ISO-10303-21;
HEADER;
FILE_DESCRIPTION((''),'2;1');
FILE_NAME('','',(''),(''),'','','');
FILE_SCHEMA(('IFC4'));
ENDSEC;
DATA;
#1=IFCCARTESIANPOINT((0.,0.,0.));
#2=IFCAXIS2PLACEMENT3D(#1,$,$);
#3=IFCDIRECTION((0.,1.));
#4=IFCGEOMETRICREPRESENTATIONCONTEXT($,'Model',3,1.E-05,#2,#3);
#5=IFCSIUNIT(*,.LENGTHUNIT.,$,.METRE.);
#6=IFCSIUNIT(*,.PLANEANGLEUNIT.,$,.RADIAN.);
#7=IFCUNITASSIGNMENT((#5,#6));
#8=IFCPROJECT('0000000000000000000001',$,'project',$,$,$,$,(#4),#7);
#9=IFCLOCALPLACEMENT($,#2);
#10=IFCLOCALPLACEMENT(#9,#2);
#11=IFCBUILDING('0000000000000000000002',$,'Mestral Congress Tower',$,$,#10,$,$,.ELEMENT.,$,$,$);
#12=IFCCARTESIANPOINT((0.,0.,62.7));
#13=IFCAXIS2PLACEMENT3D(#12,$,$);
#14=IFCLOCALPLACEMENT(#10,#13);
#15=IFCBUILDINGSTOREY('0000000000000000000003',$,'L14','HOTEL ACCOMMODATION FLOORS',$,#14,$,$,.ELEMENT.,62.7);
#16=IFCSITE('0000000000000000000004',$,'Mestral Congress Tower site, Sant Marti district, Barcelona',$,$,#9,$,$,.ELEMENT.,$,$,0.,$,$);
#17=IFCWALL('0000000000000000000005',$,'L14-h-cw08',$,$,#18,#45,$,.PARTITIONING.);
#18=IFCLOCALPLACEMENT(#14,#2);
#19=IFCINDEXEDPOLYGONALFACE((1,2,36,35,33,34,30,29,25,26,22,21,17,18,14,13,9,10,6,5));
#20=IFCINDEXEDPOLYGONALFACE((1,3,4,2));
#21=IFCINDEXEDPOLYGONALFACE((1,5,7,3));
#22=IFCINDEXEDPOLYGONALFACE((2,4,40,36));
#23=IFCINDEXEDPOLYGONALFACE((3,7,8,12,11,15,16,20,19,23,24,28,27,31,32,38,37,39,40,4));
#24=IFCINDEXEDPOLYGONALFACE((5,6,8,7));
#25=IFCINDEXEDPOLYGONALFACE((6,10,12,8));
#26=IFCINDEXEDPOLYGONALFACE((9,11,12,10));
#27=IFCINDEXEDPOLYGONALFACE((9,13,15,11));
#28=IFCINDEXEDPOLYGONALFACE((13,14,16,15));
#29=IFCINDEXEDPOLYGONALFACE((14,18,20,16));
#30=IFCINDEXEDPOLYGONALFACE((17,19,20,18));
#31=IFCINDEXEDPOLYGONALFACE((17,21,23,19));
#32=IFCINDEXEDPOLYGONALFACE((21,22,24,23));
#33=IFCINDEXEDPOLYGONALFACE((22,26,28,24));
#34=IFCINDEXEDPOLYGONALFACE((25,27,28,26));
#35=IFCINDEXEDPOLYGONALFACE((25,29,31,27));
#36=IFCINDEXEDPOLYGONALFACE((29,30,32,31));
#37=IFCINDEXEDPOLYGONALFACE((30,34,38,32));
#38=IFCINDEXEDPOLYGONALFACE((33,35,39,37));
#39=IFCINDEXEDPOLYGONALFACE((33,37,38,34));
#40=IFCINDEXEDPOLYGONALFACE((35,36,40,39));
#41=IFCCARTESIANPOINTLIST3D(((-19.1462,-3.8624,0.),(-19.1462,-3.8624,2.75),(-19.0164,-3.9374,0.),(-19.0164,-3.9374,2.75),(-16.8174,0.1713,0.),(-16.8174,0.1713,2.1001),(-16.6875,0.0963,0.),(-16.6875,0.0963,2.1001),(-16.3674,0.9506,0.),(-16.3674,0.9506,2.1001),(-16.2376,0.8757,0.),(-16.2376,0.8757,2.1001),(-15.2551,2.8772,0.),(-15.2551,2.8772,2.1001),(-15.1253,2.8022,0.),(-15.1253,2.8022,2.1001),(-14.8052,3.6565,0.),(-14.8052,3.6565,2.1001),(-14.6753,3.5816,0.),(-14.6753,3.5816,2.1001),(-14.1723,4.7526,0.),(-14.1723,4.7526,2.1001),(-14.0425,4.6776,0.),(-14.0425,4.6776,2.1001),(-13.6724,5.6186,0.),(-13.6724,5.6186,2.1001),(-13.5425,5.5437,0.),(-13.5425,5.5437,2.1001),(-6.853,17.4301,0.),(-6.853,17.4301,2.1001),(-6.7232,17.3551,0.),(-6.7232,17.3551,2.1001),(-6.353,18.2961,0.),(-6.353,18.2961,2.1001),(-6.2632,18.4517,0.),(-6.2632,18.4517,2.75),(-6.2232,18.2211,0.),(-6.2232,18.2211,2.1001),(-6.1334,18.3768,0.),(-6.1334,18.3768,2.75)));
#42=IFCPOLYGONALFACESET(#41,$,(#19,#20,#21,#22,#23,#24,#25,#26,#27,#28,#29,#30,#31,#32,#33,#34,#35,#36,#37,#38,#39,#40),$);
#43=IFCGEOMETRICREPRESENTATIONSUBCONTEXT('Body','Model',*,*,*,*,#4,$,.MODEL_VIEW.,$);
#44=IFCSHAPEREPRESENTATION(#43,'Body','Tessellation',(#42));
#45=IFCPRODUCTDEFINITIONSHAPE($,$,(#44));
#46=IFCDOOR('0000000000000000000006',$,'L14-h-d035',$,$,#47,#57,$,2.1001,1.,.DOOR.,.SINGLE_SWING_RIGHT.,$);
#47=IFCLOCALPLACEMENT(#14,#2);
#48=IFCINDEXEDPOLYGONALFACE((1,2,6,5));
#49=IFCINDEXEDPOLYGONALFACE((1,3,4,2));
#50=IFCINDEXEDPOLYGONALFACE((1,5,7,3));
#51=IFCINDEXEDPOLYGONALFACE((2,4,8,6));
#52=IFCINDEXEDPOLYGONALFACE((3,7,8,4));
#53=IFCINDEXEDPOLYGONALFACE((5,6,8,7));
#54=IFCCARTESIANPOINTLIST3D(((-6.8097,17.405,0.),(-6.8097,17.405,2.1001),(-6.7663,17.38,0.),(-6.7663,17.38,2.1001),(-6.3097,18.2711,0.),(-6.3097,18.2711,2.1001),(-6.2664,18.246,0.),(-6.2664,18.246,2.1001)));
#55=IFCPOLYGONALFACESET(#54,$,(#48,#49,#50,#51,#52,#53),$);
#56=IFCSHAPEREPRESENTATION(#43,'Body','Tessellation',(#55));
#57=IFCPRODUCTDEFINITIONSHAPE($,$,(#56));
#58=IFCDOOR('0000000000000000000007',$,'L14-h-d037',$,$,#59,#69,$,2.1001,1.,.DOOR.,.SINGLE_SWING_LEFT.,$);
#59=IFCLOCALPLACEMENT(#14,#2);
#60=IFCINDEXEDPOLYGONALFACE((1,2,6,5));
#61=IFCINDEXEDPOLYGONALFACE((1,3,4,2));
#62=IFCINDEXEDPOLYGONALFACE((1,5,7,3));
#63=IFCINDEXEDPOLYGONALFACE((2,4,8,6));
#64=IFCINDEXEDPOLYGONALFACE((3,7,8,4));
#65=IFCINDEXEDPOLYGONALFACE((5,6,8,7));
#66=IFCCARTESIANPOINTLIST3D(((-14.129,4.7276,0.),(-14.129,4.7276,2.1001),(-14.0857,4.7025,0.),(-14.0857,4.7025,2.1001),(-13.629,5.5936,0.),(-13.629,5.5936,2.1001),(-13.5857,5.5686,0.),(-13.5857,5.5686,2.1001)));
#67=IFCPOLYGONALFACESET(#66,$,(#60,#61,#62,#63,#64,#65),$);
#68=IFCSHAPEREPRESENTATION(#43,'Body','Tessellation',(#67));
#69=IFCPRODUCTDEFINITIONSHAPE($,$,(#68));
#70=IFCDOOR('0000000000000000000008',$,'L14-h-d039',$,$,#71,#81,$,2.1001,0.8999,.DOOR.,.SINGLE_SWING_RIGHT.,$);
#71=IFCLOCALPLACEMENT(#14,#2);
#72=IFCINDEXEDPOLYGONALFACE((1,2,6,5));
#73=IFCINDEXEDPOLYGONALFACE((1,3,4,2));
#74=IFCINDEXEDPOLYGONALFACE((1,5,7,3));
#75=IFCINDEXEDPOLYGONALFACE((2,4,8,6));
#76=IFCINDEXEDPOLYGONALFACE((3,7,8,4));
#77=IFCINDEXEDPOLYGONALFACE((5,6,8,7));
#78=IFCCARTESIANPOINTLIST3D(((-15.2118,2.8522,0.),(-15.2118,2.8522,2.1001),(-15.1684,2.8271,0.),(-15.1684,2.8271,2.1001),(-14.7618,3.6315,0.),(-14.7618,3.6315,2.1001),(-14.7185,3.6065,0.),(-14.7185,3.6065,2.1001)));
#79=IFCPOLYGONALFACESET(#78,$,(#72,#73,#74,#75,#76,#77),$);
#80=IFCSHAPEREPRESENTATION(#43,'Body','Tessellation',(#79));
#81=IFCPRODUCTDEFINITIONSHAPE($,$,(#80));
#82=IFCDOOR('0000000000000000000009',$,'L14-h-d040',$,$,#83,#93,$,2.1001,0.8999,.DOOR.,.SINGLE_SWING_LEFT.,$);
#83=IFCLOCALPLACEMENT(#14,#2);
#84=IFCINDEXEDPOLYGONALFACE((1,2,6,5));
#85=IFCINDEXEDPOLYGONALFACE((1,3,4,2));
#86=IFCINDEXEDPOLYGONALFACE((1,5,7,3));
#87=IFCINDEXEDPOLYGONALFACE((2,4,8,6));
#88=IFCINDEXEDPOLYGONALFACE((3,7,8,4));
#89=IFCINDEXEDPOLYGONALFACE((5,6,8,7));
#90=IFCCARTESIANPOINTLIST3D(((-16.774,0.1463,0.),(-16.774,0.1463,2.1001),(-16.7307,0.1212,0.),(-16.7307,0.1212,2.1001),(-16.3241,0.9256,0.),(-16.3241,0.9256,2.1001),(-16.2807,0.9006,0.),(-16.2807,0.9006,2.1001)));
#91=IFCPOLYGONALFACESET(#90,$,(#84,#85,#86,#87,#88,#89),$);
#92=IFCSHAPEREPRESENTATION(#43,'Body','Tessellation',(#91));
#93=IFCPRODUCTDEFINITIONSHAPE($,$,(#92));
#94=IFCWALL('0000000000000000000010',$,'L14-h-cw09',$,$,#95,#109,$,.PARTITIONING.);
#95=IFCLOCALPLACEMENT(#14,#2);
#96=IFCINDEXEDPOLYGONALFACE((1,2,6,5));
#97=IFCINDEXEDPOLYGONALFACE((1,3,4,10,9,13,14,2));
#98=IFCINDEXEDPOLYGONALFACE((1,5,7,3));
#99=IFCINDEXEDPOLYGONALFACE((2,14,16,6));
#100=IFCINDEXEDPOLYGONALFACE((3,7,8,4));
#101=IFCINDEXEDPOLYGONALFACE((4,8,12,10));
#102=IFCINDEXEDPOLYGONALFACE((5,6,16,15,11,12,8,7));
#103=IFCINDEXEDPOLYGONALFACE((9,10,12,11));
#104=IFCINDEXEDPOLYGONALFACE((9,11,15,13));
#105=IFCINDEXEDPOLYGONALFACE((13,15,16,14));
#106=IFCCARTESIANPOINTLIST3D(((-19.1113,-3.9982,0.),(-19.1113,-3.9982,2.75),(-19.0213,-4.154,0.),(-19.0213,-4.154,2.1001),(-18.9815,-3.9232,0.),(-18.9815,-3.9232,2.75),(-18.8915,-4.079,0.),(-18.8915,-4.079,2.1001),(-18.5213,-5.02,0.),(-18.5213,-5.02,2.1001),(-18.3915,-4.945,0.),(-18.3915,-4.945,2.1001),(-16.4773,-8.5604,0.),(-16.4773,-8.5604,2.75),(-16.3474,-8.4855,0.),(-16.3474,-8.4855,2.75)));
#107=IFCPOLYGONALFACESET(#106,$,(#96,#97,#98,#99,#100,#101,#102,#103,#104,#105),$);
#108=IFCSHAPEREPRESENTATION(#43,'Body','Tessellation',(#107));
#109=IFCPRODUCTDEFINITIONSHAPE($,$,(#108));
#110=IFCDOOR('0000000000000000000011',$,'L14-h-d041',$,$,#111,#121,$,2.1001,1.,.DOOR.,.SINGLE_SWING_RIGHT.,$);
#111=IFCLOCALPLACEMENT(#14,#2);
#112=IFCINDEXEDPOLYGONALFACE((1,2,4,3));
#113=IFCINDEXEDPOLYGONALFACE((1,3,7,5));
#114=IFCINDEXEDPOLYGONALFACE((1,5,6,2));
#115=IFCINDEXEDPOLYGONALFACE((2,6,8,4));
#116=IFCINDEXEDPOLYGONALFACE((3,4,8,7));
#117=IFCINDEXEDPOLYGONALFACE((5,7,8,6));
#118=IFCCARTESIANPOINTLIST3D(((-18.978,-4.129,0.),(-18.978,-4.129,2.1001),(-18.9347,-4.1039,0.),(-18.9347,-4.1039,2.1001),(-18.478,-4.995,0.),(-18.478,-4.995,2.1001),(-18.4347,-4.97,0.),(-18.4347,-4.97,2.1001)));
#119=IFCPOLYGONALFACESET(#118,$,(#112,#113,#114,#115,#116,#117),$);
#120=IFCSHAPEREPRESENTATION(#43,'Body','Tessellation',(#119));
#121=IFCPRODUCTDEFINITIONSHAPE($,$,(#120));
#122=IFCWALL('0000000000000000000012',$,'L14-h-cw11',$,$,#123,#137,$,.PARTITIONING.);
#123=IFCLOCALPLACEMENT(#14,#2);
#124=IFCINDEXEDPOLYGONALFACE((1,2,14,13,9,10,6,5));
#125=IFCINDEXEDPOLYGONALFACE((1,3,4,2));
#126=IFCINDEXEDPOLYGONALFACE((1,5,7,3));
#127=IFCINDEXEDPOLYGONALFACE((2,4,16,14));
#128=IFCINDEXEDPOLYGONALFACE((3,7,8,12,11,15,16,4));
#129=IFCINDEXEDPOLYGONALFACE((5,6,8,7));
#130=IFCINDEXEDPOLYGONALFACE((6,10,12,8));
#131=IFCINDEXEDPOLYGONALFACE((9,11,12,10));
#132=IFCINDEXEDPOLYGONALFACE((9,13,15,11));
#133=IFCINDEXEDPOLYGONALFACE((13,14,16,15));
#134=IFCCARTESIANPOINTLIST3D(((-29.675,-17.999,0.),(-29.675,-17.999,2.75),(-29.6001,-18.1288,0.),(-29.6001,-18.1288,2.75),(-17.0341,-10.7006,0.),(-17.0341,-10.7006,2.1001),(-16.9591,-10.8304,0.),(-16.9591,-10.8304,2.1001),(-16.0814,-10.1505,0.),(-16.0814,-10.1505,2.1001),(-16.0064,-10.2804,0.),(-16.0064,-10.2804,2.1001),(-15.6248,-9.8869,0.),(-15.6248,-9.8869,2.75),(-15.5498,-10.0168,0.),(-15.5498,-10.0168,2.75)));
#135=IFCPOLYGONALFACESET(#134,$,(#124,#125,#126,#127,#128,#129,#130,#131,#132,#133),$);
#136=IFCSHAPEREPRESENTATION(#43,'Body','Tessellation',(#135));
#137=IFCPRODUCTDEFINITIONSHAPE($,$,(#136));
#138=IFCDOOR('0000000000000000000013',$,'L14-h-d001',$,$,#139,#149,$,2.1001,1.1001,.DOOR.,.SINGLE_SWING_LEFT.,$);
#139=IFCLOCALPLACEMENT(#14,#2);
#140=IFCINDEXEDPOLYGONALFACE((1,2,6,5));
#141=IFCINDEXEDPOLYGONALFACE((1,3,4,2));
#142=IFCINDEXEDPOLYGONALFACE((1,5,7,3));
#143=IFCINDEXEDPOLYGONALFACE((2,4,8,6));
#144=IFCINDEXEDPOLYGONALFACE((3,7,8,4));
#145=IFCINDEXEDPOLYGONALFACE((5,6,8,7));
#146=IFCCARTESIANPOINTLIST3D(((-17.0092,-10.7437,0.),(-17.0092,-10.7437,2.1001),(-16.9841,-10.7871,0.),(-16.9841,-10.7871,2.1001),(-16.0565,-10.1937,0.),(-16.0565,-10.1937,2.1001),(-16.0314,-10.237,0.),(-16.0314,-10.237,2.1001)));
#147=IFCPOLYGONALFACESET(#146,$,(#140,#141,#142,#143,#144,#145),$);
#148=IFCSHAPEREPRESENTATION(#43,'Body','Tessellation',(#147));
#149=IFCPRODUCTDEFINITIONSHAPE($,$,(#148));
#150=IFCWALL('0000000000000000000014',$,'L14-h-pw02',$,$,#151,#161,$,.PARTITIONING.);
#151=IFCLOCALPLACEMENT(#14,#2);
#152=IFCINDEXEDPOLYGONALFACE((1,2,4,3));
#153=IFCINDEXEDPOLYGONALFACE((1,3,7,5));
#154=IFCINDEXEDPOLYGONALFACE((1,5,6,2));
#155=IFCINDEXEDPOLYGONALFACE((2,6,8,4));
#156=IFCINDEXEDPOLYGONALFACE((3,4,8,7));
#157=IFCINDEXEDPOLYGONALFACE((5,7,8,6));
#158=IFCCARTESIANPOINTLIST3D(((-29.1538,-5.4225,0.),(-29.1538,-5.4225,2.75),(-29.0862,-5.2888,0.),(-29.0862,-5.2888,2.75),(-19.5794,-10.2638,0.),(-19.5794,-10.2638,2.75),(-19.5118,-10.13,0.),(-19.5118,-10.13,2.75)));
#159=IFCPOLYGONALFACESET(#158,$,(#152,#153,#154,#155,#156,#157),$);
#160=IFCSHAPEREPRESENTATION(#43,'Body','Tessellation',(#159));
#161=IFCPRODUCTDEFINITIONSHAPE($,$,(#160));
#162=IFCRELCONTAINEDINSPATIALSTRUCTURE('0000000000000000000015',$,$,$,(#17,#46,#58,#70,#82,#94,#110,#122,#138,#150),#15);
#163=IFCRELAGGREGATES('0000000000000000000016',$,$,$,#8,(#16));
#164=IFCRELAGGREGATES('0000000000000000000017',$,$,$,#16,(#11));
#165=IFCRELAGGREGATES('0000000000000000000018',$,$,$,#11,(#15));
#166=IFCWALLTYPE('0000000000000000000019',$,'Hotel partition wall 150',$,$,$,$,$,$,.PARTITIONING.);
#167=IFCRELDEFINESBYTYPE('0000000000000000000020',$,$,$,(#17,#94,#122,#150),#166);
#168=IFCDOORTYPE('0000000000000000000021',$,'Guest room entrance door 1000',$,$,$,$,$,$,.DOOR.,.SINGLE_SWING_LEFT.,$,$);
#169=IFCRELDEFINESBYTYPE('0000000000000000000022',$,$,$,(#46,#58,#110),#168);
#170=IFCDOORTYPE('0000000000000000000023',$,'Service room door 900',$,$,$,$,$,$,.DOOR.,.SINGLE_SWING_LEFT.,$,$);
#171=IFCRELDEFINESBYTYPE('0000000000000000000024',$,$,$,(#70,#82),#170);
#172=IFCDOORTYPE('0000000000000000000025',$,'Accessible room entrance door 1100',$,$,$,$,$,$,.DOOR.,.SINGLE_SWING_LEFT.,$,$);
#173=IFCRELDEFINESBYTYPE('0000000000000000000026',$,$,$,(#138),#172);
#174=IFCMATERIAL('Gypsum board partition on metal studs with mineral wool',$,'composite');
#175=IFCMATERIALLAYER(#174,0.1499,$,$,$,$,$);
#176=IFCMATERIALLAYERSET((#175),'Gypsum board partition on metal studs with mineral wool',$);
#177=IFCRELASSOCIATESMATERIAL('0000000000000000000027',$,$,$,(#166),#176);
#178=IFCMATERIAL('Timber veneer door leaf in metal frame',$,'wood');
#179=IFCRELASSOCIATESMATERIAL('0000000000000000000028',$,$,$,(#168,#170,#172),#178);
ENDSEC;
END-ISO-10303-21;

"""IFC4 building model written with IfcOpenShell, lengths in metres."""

from ifc_helpers import new_model, si_unit, direction, frame, frame_2d, origin, place, context, subcontext, project, spatial, rectangle, extrude, material, layer, layer_set, type_object, element, fill, save


model = new_model("IFC4")

# Units and contexts
model_context = context("Model", 3, precision=1e-05, world=origin(), true_north=direction((0.0, 1.0)))
body_context = subcontext(model_context, "Body", "Model", "MODEL_VIEW")
ifc_project = project(units=[si_unit("LENGTHUNIT", "METRE"), si_unit("PLANEANGLEUNIT", "RADIAN")], contexts=[model_context])

# Site, building, storey
site_placement = place(None, origin())
site = spatial("IfcSite", under=ifc_project, at=site_placement, Name="Mestral Congress Tower site, Sant Marti district, Barcelona", CompositionType="ELEMENT", RefElevation=0.0)
building_placement = place(site_placement, origin())
building = spatial("IfcBuilding", under=site, at=building_placement, Name="Mestral Congress Tower", CompositionType="ELEMENT")
storey_placement = place(building_placement, frame((0.0, 0.0, 62.7)))
storey = spatial("IfcBuildingStorey", under=building, at=storey_placement, Name="L14", Description="HOTEL ACCOMMODATION FLOORS", CompositionType="ELEMENT", Elevation=62.7)

# Shared definitions
ifc_material_1 = material(Name="Gypsum board partition on metal studs with mineral wool", Category="composite")

# Wall, openings, doors
ifc_layer_1 = layer(ifc_material_1, 0.1499)
ifc_layer_set_1 = layer_set([ifc_layer_1], Name="Gypsum board partition on metal studs with mineral wool")
wall_type_1 = type_object("IfcWallType", Name="Hotel partition wall 150", PredefinedType="PARTITIONING", material=ifc_layer_set_1)
wall_1_placement = place(storey_placement, frame((-19.0813, -3.8999, 0.0), z_axis=(0.0, 0.0, 1.0), x_axis=(0.499998, 0.866026, 0.0)))
wall_1 = element("IfcWall", 1, at=wall_1_placement, inside=storey, type_object=wall_type_1, Name="L14-h-cw08", PredefinedType="PARTITIONING", context=body_context, shape_type="SweptSolid", body=[
    extrude(rectangle(XDim=25.7661, YDim=0.1499, at=frame_2d((12.8831, 0.0))), origin(), (0.0, 0.0, 1.0), 2.75),
])
opening_1_placement = place(wall_1_placement, frame((24.5864, 0.0, 0.0)))
opening_1 = element("IfcOpeningElement", 2, at=opening_1_placement, cuts=wall_1, PredefinedType="OPENING", context=body_context, shape_type="SweptSolid", body=[
    extrude(rectangle(XDim=1.0, YDim=2.1001, at=frame_2d((0.5, 1.05))), frame((0.0, 0.085, 0.0), z_axis=(0.0, -1.0, 0.0), x_axis=(1.0, 0.0, 0.0)), (0.0, 0.0, 1.0), 0.1699),
])
opening_2_placement = place(wall_1_placement, frame((9.9478, 0.0, 0.0)))
opening_2 = element("IfcOpeningElement", 3, at=opening_2_placement, cuts=wall_1, PredefinedType="OPENING", context=body_context, shape_type="SweptSolid", body=[
    extrude(rectangle(XDim=1.0, YDim=2.1001, at=frame_2d((0.5, 1.05))), frame((0.0, 0.085, 0.0), z_axis=(0.0, -1.0, 0.0), x_axis=(1.0, 0.0, 0.0)), (0.0, 0.0, 1.0), 0.1699),
])
opening_3_placement = place(wall_1_placement, frame((7.7822, 0.0, 0.0)))
opening_3 = element("IfcOpeningElement", 4, at=opening_3_placement, cuts=wall_1, PredefinedType="OPENING", context=body_context, shape_type="SweptSolid", body=[
    extrude(rectangle(XDim=0.8999, YDim=2.1001, at=frame_2d((0.45, 1.05))), frame((0.0, 0.085, 0.0), z_axis=(0.0, -1.0, 0.0), x_axis=(1.0, 0.0, 0.0)), (0.0, 0.0, 1.0), 0.1699),
])
opening_4_placement = place(wall_1_placement, frame((4.6577, 0.0, 0.0)))
opening_4 = element("IfcOpeningElement", 5, at=opening_4_placement, cuts=wall_1, PredefinedType="OPENING", context=body_context, shape_type="SweptSolid", body=[
    extrude(rectangle(XDim=0.8999, YDim=2.1001, at=frame_2d((0.45, 1.05))), frame((0.0, 0.085, 0.0), z_axis=(0.0, -1.0, 0.0), x_axis=(1.0, 0.0, 0.0)), (0.0, 0.0, 1.0), 0.1699),
])
ifc_material_2 = material(Name="Timber veneer door leaf in metal frame", Category="wood")
door_type_1 = type_object("IfcDoorType", Name="Guest room entrance door 1000", OperationType="SINGLE_SWING_LEFT", PredefinedType="DOOR", material=ifc_material_2)
door_1_placement = place(opening_1_placement, origin())
door_1 = element("IfcDoor", 6, at=door_1_placement, inside=storey, type_object=door_type_1, Name="L14-h-d035", OperationType="SINGLE_SWING_RIGHT", OverallHeight=2.1001, OverallWidth=1.0, PredefinedType="DOOR", context=body_context, shape_type="SweptSolid", body=[
    extrude(rectangle(XDim=1.0, YDim=2.1001, at=frame_2d((0.5, 1.05))), frame((0.0, 0.0249, 0.0), z_axis=(0.0, -1.0, 0.0), x_axis=(1.0, 0.0, 0.0)), (0.0, 0.0, 1.0), 0.05),
])
fill(opening_1, door_1)
door_2_placement = place(opening_2_placement, origin())
door_2 = element("IfcDoor", 7, at=door_2_placement, inside=storey, type_object=door_type_1, Name="L14-h-d037", OperationType="SINGLE_SWING_LEFT", OverallHeight=2.1001, OverallWidth=1.0, PredefinedType="DOOR", context=body_context, shape_type="SweptSolid", body=[
    extrude(rectangle(XDim=1.0, YDim=2.1001, at=frame_2d((0.5, 1.05))), frame((0.0, 0.0249, 0.0), z_axis=(0.0, -1.0, 0.0), x_axis=(1.0, 0.0, 0.0)), (0.0, 0.0, 1.0), 0.05),
])
fill(opening_2, door_2)
door_type_2 = type_object("IfcDoorType", Name="Service room door 900", OperationType="SINGLE_SWING_LEFT", PredefinedType="DOOR", material=ifc_material_2)
door_3_placement = place(opening_3_placement, origin())
door_3 = element("IfcDoor", 8, at=door_3_placement, inside=storey, type_object=door_type_2, Name="L14-h-d039", OperationType="SINGLE_SWING_RIGHT", OverallHeight=2.1001, OverallWidth=0.8999, PredefinedType="DOOR", context=body_context, shape_type="SweptSolid", body=[
    extrude(rectangle(XDim=0.8999, YDim=2.1001, at=frame_2d((0.45, 1.05))), frame((0.0, 0.0249, 0.0), z_axis=(0.0, -1.0, 0.0), x_axis=(1.0, 0.0, 0.0)), (0.0, 0.0, 1.0), 0.05),
])
fill(opening_3, door_3)
door_4_placement = place(opening_4_placement, origin())
door_4 = element("IfcDoor", 9, at=door_4_placement, inside=storey, type_object=door_type_2, Name="L14-h-d040", OperationType="SINGLE_SWING_LEFT", OverallHeight=2.1001, OverallWidth=0.8999, PredefinedType="DOOR", context=body_context, shape_type="SweptSolid", body=[
    extrude(rectangle(XDim=0.8999, YDim=2.1001, at=frame_2d((0.45, 1.05))), frame((0.0, 0.0249, 0.0), z_axis=(0.0, -1.0, 0.0), x_axis=(1.0, 0.0, 0.0)), (0.0, 0.0, 1.0), 0.05),
])
fill(opening_4, door_4)

# Walls, openings, doors
wall_2_placement = place(storey_placement, frame((-16.4124, -8.5229, 0.0), z_axis=(0.0, 0.0, 1.0), x_axis=(-0.500002, 0.866024, 0.0)))
wall_2 = element("IfcWall", 10, at=wall_2_placement, inside=storey, type_object=wall_type_1, Name="L14-h-cw09", PredefinedType="PARTITIONING", context=body_context, shape_type="SweptSolid", body=[
    extrude(rectangle(XDim=5.2681, YDim=0.1499, at=frame_2d((2.634, 0.0))), origin(), (0.0, 0.0, 1.0), 2.75),
])
opening_5_placement = place(wall_2_placement, frame((4.0881, 0.0, 0.0)))
opening_5 = element("IfcOpeningElement", 11, at=opening_5_placement, cuts=wall_2, PredefinedType="OPENING", context=body_context, shape_type="SweptSolid", body=[
    extrude(rectangle(XDim=1.0, YDim=2.1001, at=frame_2d((0.5, 1.05))), frame((0.0, 0.085, 0.0), z_axis=(0.0, -1.0, 0.0), x_axis=(1.0, 0.0, 0.0)), (0.0, 0.0, 1.0), 0.1699),
])
door_5_placement = place(opening_5_placement, origin())
door_5 = element("IfcDoor", 12, at=door_5_placement, inside=storey, type_object=door_type_1, Name="L14-h-d041", OperationType="SINGLE_SWING_RIGHT", OverallHeight=2.1001, OverallWidth=1.0, PredefinedType="DOOR", context=body_context, shape_type="SweptSolid", body=[
    extrude(rectangle(XDim=1.0, YDim=2.1001, at=frame_2d((0.5, 1.05))), frame((0.0, 0.0249, 0.0), z_axis=(0.0, -1.0, 0.0), x_axis=(1.0, 0.0, 0.0)), (0.0, 0.0, 1.0), 0.05),
])
fill(opening_5, door_5)
wall_3_placement = place(storey_placement, frame((-15.5874, -9.9519, 0.0), z_axis=(0.0, 0.0, 1.0), x_axis=(-0.866022, -0.500006, 0.0)))
wall_3 = element("IfcWall", 13, at=wall_3_placement, inside=storey, type_object=wall_type_1, Name="L14-h-cw11", PredefinedType="PARTITIONING", context=body_context, shape_type="SweptSolid", body=[
    extrude(rectangle(XDim=16.2239, YDim=0.1499, at=frame_2d((8.1118, 0.0))), origin(), (0.0, 0.0, 1.0), 2.75),
])
opening_6_placement = place(wall_3_placement, frame((0.5271, 0.0, 0.0)))
opening_6 = element("IfcOpeningElement", 14, at=opening_6_placement, cuts=wall_3, PredefinedType="OPENING", context=body_context, shape_type="SweptSolid", body=[
    extrude(rectangle(XDim=1.1001, YDim=2.1001, at=frame_2d((0.55, 1.05))), frame((0.0, 0.085, 0.0), z_axis=(0.0, -1.0, 0.0), x_axis=(1.0, 0.0, 0.0)), (0.0, 0.0, 1.0), 0.1699),
])
door_type_3 = type_object("IfcDoorType", Name="Accessible room entrance door 1100", OperationType="SINGLE_SWING_LEFT", PredefinedType="DOOR", material=ifc_material_2)
door_6_placement = place(opening_6_placement, origin())
door_6 = element("IfcDoor", 15, at=door_6_placement, inside=storey, type_object=door_type_3, Name="L14-h-d001", OperationType="SINGLE_SWING_LEFT", OverallHeight=2.1001, OverallWidth=1.1001, PredefinedType="DOOR", context=body_context, shape_type="SweptSolid", body=[
    extrude(rectangle(XDim=1.1001, YDim=2.1001, at=frame_2d((0.55, 1.05))), frame((0.0, 0.0249, 0.0), z_axis=(0.0, -1.0, 0.0), x_axis=(1.0, 0.0, 0.0)), (0.0, 0.0, 1.0), 0.05),
])
fill(opening_6, door_6)

# Wall
wall_4_placement = place(storey_placement, frame((-29.1199, -5.3557, 0.0), z_axis=(0.0, 0.0, 1.0), x_axis=(0.892402, -0.451241, 0.0)))
element("IfcWall", 16, at=wall_4_placement, inside=storey, type_object=wall_type_1, Name="L14-h-pw02", PredefinedType="PARTITIONING", context=body_context, shape_type="SweptSolid", body=[
    extrude(rectangle(XDim=10.7288, YDim=0.1499, at=frame_2d((5.3643, 0.0))), origin(), (0.0, 0.0, 1.0), 2.75),
])

save(model, "model.ifc")
